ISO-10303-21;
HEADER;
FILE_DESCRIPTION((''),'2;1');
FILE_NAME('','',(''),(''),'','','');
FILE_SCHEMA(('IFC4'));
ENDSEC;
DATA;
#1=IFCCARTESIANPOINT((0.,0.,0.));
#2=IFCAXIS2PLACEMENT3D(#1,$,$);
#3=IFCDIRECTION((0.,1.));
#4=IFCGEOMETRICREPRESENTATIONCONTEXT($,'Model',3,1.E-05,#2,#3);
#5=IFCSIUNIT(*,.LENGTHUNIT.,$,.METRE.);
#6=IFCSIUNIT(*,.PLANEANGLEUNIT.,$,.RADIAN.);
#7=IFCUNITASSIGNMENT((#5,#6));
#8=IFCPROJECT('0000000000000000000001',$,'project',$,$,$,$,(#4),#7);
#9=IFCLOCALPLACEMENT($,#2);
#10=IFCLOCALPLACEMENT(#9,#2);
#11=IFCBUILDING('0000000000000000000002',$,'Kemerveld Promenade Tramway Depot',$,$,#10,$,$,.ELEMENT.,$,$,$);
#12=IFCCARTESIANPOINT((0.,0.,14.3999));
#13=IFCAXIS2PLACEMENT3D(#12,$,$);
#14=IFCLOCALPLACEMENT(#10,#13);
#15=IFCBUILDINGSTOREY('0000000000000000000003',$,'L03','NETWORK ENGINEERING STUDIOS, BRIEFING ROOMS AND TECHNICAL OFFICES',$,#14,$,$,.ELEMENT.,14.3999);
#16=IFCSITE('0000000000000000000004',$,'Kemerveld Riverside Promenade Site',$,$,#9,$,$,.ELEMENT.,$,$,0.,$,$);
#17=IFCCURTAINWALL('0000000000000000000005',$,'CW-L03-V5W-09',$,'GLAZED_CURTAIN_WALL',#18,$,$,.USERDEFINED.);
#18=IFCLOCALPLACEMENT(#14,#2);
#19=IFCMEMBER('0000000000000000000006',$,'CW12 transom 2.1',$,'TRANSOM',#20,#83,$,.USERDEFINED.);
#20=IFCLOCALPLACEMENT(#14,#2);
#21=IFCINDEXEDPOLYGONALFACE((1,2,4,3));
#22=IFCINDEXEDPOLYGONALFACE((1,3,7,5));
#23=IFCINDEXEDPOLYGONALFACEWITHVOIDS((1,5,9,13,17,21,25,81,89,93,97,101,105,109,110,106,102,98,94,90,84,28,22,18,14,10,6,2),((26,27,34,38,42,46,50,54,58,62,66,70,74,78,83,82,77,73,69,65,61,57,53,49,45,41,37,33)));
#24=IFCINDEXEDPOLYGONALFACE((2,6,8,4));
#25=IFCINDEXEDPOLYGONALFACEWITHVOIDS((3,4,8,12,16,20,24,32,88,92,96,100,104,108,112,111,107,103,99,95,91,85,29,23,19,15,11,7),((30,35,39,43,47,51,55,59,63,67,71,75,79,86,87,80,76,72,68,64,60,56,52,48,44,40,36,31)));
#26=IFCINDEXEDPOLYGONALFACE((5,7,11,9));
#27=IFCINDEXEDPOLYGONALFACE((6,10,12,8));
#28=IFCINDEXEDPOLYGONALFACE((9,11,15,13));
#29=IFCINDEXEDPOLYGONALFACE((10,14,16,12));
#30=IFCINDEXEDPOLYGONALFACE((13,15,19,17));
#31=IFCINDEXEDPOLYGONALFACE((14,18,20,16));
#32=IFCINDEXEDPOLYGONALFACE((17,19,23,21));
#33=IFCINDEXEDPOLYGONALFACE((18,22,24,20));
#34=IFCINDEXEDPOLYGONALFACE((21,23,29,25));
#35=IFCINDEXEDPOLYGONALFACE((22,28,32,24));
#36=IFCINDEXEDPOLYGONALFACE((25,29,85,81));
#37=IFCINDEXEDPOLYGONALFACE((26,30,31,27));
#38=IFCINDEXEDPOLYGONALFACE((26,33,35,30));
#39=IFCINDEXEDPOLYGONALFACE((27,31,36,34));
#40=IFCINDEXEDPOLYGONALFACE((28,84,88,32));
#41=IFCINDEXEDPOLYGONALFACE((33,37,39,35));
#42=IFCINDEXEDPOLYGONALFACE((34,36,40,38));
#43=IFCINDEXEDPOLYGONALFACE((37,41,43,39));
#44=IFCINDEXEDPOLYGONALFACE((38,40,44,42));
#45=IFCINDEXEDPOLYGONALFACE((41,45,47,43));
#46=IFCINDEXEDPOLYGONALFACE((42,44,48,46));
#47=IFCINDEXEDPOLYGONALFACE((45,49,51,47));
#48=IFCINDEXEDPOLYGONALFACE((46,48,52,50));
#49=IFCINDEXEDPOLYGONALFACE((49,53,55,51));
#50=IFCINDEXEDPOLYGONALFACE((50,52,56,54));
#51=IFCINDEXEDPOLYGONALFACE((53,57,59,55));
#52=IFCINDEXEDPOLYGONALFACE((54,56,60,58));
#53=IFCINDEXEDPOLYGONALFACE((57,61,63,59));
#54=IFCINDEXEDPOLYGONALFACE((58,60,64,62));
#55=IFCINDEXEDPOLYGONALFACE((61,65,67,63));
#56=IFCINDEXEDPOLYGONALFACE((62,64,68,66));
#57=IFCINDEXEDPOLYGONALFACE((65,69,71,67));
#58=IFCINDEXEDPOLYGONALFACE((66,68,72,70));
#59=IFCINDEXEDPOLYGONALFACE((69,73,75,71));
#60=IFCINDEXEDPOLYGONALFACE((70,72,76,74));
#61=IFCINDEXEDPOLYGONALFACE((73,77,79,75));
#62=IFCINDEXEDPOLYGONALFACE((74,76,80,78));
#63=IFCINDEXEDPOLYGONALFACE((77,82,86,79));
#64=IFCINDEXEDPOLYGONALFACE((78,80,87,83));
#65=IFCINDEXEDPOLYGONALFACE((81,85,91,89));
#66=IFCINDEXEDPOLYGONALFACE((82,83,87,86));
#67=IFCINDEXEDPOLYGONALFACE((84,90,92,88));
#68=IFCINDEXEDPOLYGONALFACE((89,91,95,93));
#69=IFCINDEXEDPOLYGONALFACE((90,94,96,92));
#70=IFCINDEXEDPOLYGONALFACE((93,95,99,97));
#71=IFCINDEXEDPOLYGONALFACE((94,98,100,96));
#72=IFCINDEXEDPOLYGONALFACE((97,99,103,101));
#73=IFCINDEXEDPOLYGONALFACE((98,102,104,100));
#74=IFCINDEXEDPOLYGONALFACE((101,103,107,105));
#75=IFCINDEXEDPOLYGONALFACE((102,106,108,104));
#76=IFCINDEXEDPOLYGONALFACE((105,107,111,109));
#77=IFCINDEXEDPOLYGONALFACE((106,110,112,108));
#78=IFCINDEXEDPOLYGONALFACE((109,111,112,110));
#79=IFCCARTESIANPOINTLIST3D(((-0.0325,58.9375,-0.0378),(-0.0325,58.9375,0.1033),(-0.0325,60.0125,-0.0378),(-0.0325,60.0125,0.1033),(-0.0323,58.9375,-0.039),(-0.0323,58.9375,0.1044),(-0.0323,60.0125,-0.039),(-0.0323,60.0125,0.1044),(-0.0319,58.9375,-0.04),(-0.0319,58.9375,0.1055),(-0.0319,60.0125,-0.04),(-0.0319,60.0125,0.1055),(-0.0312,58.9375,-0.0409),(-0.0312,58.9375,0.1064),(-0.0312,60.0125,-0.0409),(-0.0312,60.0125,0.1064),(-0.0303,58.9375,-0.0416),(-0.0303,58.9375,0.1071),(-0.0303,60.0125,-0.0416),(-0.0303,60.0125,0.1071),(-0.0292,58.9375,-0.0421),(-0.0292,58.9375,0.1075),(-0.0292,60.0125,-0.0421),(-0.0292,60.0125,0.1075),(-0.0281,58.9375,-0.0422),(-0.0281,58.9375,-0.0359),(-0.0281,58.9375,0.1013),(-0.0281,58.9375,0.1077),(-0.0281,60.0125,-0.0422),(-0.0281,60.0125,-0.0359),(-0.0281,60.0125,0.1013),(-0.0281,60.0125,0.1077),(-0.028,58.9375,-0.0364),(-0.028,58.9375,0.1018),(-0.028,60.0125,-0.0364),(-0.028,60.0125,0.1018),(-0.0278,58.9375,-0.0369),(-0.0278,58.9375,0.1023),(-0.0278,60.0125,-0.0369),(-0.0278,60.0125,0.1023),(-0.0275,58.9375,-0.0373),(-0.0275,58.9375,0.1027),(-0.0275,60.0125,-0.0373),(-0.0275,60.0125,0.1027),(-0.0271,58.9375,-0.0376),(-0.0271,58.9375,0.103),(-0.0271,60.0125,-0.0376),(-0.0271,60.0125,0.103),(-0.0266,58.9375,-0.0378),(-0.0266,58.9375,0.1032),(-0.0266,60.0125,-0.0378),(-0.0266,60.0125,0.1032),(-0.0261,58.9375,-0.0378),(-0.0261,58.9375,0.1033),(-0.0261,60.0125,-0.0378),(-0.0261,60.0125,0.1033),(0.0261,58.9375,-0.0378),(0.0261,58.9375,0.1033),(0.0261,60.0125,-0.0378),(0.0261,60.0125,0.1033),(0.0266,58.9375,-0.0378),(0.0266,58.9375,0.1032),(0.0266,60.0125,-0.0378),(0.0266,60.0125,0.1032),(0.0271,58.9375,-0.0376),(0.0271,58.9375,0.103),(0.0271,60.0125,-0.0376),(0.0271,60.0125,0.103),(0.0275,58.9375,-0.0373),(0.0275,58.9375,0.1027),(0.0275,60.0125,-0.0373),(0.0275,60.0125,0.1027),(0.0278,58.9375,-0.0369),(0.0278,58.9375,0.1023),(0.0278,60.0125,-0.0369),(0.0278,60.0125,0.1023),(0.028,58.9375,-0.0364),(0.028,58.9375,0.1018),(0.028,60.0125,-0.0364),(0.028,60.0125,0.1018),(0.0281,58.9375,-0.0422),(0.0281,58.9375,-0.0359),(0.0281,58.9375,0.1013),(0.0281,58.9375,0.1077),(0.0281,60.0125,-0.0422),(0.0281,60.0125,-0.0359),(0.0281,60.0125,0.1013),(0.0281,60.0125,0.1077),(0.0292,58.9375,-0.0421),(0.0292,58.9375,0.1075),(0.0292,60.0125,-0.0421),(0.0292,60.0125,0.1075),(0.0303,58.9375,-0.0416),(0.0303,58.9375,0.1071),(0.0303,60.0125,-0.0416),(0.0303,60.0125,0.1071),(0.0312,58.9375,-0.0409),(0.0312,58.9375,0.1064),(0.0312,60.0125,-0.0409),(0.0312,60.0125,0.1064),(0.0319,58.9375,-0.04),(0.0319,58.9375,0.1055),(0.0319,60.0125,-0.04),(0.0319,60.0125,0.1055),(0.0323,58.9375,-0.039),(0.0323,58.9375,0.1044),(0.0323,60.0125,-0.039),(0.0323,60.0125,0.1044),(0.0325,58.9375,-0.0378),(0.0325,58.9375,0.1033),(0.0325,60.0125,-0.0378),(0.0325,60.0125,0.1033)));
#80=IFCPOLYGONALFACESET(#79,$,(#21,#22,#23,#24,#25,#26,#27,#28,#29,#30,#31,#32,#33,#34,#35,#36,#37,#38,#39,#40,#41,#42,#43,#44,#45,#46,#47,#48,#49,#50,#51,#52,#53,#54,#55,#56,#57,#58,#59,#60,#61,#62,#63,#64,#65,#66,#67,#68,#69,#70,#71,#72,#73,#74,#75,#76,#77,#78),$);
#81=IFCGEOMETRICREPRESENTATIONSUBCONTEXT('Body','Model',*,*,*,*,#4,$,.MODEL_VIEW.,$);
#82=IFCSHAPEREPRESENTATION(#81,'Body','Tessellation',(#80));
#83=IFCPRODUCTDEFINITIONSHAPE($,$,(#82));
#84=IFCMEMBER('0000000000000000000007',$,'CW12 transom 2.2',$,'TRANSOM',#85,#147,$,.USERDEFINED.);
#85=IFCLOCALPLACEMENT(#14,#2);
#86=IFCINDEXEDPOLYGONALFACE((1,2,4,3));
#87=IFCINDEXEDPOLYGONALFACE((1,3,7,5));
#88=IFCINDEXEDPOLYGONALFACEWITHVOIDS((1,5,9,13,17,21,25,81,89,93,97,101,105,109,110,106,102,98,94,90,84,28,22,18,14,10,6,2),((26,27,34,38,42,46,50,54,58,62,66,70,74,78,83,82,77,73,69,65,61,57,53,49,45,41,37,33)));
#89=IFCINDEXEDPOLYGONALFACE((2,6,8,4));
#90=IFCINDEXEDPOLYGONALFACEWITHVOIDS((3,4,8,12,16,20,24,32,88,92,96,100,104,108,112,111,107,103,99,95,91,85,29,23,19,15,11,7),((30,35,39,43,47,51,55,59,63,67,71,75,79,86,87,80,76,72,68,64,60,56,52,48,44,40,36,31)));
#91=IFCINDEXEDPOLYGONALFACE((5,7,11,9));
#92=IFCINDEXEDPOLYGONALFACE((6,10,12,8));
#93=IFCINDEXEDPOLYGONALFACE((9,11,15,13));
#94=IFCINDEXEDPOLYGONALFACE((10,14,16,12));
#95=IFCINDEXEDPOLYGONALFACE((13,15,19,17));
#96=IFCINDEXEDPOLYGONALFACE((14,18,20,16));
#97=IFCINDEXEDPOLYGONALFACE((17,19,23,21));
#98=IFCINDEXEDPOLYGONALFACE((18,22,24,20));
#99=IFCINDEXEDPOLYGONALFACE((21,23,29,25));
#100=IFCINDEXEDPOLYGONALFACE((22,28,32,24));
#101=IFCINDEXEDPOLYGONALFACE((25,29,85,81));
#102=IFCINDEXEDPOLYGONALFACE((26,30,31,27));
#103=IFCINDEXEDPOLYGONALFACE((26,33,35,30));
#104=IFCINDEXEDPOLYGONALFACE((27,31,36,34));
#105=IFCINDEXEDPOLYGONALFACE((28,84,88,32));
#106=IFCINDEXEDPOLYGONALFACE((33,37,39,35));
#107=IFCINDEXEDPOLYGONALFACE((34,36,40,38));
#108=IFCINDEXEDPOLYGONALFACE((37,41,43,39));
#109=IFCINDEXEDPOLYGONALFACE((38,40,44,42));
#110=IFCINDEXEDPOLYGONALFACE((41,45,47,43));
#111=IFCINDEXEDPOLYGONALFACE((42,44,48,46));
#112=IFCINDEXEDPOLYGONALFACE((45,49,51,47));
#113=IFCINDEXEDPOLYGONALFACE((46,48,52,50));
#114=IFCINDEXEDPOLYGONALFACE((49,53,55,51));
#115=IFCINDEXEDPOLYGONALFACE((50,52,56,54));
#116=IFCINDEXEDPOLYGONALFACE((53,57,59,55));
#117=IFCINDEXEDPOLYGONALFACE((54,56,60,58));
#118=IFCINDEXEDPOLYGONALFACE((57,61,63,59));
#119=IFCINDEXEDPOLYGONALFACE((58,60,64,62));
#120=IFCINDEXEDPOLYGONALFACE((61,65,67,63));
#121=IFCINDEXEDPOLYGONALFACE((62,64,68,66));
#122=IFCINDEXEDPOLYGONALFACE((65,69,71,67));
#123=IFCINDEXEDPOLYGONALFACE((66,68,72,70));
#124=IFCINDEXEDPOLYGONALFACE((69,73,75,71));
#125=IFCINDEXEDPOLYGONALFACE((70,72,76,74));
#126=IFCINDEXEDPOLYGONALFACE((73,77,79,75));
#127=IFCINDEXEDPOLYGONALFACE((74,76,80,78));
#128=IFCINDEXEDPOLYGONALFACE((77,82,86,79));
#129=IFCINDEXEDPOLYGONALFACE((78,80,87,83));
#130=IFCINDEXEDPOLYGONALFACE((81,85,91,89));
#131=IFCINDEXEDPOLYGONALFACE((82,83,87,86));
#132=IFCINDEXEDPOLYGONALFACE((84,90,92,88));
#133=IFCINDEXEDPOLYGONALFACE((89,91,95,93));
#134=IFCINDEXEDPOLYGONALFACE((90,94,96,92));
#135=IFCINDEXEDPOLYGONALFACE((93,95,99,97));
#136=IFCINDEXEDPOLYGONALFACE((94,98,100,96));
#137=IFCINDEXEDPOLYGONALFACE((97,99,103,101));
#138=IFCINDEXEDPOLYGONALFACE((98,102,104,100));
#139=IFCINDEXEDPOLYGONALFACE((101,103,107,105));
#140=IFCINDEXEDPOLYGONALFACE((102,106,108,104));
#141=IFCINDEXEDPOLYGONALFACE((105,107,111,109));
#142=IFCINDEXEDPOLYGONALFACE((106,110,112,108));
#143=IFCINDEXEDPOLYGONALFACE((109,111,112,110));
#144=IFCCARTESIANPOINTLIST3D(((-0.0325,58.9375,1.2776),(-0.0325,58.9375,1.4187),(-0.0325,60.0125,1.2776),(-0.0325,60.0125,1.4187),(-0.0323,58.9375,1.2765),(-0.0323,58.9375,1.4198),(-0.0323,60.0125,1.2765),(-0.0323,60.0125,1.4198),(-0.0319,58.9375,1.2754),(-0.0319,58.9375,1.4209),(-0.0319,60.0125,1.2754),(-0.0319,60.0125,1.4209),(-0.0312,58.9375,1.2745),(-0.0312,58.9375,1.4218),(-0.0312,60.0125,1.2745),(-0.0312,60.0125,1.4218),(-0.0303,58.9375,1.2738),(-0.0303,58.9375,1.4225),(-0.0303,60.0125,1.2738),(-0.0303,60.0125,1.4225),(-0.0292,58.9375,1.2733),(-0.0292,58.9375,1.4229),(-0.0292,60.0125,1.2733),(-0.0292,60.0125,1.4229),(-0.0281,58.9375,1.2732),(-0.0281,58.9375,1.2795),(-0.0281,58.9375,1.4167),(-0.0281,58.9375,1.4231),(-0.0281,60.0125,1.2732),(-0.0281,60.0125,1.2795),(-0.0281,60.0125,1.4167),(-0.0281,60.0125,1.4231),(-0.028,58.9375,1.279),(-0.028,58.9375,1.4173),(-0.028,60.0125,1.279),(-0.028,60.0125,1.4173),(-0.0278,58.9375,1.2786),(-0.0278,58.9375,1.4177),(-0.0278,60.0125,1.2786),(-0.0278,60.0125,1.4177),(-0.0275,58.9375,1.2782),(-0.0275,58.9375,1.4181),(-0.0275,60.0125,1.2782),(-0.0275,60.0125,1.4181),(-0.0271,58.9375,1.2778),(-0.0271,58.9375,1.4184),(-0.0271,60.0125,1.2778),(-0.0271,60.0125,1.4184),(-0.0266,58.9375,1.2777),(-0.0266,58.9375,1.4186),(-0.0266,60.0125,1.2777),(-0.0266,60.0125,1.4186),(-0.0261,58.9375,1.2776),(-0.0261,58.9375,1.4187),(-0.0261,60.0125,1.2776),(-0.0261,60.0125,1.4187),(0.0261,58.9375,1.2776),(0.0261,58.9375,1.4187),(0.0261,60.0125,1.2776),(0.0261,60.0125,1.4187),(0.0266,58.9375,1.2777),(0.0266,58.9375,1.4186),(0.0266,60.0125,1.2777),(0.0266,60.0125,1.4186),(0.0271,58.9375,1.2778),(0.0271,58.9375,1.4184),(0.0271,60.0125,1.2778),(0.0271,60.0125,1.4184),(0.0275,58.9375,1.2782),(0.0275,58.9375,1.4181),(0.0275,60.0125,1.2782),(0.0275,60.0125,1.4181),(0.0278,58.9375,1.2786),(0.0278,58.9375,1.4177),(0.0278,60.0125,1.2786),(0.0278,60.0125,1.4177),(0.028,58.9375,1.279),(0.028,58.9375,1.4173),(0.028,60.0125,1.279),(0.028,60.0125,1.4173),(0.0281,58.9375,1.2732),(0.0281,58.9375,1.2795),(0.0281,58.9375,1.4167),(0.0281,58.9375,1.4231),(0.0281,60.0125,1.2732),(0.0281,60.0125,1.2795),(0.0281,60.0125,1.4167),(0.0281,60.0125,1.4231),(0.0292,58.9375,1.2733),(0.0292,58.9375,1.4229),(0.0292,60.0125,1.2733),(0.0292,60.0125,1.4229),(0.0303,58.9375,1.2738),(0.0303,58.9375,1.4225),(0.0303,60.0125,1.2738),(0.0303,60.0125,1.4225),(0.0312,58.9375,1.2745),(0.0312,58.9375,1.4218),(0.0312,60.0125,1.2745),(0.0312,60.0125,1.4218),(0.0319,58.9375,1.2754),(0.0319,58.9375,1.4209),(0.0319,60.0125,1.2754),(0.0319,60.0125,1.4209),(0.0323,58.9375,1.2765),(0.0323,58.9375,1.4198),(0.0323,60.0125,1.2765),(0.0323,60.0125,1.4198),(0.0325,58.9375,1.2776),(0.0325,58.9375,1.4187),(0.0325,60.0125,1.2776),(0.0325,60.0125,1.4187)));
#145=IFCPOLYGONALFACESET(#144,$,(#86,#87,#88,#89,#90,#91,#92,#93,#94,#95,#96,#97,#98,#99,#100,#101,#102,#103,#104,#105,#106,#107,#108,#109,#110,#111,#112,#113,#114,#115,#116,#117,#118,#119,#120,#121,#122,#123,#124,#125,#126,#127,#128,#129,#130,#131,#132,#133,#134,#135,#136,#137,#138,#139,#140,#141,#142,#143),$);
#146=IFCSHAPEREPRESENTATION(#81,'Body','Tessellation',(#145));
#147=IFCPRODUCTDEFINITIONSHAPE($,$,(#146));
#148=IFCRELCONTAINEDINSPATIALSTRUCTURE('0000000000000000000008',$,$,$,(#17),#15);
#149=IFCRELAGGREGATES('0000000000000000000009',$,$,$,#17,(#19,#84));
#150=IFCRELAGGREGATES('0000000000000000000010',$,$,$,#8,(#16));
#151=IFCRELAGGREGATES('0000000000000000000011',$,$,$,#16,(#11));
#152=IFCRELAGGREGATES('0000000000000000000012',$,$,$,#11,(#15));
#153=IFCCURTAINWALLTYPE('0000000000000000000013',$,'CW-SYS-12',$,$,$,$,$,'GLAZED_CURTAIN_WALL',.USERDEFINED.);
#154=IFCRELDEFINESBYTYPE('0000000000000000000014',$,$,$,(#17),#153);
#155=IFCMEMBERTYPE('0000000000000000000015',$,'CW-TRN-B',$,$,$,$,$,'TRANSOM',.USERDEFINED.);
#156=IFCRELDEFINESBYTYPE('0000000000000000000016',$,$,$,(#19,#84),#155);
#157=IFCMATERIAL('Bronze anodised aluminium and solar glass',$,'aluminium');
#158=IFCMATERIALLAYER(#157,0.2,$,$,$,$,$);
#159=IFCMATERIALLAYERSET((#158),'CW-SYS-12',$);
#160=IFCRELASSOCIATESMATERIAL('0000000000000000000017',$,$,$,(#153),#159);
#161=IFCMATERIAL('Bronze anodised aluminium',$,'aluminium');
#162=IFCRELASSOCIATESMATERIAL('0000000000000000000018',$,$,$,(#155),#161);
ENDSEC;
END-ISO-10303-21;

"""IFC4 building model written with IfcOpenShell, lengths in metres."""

from ifc_helpers import new_model, si_unit, direction, frame, origin, origin_2d, place, context, subcontext, project, spatial, hollow_rectangle, extrude, material, layer, layer_set, material_profile, profile_set, type_object, element, aggregate, save


model = new_model("IFC4")

# Units and contexts
model_context = context("Model", 3, precision=1e-05, world=origin(), true_north=direction((0.0, 1.0)))
body_context = subcontext(model_context, "Body", "Model", "MODEL_VIEW")
ifc_project = project(units=[si_unit("LENGTHUNIT", "METRE"), si_unit("PLANEANGLEUNIT", "RADIAN")], contexts=[model_context])

# Site, building, storey
site_placement = place(None, origin())
site = spatial("IfcSite", under=ifc_project, at=site_placement, Name="Kemerveld Riverside Promenade Site", CompositionType="ELEMENT", RefElevation=0.0)
building_placement = place(site_placement, origin())
building = spatial("IfcBuilding", under=site, at=building_placement, Name="Kemerveld Promenade Tramway Depot", CompositionType="ELEMENT")
storey_placement = place(building_placement, frame((0.0, 0.0, 14.3999)))
storey = spatial("IfcBuildingStorey", under=building, at=storey_placement, Name="L03", Description="NETWORK ENGINEERING STUDIOS, BRIEFING ROOMS AND TECHNICAL OFFICES", CompositionType="ELEMENT", Elevation=14.3999)

# Curtain wall, members
ifc_material_1 = material(Name="Bronze anodised aluminium and solar glass", Category="aluminium")
ifc_layer_1 = layer(ifc_material_1, 0.2)
ifc_layer_set_1 = layer_set([ifc_layer_1], Name="CW-SYS-12")
curtain_wall_type = type_object("IfcCurtainWallType", Name="CW-SYS-12", ElementType="GLAZED_CURTAIN_WALL", PredefinedType="USERDEFINED", material=ifc_layer_set_1)
curtain_wall_placement = place(storey_placement, origin())
curtain_wall = element("IfcCurtainWall", 1, at=curtain_wall_placement, inside=storey, type_object=curtain_wall_type, Name="CW-L03-V5W-09", ObjectType="GLAZED_CURTAIN_WALL", PredefinedType="USERDEFINED")
ifc_material_2 = material(Name="Bronze anodised aluminium", Category="aluminium")
ifc_material_profile_1 = material_profile(ifc_material_2, hollow_rectangle(XDim=0.0649, YDim=0.1499, WallThickness=0.0044, InnerFilletRadius=0.002, OuterFilletRadius=0.0044, at=origin_2d()), Name="CW-TRN-150x65")
ifc_profile_set_1 = profile_set([ifc_material_profile_1], Name="Bronze anodised aluminium")
member_type_1 = type_object("IfcMemberType", Name="CW-TRN-B", ElementType="TRANSOM", PredefinedType="USERDEFINED", material=ifc_profile_set_1)
member_1_placement = place(storey_placement, frame((0.0, 58.9375, 0.0327), z_axis=(0.0, 1.0, 0.0), x_axis=(-1.0, 0.0, 0.0)))
member_1 = element("IfcMember", 2, at=member_1_placement, type_object=member_type_1, Name="CW12 transom 2.1", ObjectType="TRANSOM", PredefinedType="USERDEFINED", context=body_context, shape_type="SweptSolid", body=[
    extrude(hollow_rectangle(XDim=0.0649, YDim=0.1499, WallThickness=0.0044, InnerFilletRadius=0.002, OuterFilletRadius=0.0044, at=origin_2d()), origin(), (0.0, 0.0, 1.0), 1.075),
])
member_2_placement = place(storey_placement, frame((0.0, 58.9375, 1.3481), z_axis=(0.0, 1.0, 0.0), x_axis=(-1.0, 0.0, 0.0)))
member_2 = element("IfcMember", 3, at=member_2_placement, type_object=member_type_1, Name="CW12 transom 2.2", ObjectType="TRANSOM", PredefinedType="USERDEFINED", context=body_context, shape_type="SweptSolid", body=[
    extrude(hollow_rectangle(XDim=0.0649, YDim=0.1499, WallThickness=0.0044, InnerFilletRadius=0.002, OuterFilletRadius=0.0044, at=origin_2d()), origin(), (0.0, 0.0, 1.0), 1.075),
])
aggregate(curtain_wall, [member_1, member_2])

save(model, "model.ifc")
